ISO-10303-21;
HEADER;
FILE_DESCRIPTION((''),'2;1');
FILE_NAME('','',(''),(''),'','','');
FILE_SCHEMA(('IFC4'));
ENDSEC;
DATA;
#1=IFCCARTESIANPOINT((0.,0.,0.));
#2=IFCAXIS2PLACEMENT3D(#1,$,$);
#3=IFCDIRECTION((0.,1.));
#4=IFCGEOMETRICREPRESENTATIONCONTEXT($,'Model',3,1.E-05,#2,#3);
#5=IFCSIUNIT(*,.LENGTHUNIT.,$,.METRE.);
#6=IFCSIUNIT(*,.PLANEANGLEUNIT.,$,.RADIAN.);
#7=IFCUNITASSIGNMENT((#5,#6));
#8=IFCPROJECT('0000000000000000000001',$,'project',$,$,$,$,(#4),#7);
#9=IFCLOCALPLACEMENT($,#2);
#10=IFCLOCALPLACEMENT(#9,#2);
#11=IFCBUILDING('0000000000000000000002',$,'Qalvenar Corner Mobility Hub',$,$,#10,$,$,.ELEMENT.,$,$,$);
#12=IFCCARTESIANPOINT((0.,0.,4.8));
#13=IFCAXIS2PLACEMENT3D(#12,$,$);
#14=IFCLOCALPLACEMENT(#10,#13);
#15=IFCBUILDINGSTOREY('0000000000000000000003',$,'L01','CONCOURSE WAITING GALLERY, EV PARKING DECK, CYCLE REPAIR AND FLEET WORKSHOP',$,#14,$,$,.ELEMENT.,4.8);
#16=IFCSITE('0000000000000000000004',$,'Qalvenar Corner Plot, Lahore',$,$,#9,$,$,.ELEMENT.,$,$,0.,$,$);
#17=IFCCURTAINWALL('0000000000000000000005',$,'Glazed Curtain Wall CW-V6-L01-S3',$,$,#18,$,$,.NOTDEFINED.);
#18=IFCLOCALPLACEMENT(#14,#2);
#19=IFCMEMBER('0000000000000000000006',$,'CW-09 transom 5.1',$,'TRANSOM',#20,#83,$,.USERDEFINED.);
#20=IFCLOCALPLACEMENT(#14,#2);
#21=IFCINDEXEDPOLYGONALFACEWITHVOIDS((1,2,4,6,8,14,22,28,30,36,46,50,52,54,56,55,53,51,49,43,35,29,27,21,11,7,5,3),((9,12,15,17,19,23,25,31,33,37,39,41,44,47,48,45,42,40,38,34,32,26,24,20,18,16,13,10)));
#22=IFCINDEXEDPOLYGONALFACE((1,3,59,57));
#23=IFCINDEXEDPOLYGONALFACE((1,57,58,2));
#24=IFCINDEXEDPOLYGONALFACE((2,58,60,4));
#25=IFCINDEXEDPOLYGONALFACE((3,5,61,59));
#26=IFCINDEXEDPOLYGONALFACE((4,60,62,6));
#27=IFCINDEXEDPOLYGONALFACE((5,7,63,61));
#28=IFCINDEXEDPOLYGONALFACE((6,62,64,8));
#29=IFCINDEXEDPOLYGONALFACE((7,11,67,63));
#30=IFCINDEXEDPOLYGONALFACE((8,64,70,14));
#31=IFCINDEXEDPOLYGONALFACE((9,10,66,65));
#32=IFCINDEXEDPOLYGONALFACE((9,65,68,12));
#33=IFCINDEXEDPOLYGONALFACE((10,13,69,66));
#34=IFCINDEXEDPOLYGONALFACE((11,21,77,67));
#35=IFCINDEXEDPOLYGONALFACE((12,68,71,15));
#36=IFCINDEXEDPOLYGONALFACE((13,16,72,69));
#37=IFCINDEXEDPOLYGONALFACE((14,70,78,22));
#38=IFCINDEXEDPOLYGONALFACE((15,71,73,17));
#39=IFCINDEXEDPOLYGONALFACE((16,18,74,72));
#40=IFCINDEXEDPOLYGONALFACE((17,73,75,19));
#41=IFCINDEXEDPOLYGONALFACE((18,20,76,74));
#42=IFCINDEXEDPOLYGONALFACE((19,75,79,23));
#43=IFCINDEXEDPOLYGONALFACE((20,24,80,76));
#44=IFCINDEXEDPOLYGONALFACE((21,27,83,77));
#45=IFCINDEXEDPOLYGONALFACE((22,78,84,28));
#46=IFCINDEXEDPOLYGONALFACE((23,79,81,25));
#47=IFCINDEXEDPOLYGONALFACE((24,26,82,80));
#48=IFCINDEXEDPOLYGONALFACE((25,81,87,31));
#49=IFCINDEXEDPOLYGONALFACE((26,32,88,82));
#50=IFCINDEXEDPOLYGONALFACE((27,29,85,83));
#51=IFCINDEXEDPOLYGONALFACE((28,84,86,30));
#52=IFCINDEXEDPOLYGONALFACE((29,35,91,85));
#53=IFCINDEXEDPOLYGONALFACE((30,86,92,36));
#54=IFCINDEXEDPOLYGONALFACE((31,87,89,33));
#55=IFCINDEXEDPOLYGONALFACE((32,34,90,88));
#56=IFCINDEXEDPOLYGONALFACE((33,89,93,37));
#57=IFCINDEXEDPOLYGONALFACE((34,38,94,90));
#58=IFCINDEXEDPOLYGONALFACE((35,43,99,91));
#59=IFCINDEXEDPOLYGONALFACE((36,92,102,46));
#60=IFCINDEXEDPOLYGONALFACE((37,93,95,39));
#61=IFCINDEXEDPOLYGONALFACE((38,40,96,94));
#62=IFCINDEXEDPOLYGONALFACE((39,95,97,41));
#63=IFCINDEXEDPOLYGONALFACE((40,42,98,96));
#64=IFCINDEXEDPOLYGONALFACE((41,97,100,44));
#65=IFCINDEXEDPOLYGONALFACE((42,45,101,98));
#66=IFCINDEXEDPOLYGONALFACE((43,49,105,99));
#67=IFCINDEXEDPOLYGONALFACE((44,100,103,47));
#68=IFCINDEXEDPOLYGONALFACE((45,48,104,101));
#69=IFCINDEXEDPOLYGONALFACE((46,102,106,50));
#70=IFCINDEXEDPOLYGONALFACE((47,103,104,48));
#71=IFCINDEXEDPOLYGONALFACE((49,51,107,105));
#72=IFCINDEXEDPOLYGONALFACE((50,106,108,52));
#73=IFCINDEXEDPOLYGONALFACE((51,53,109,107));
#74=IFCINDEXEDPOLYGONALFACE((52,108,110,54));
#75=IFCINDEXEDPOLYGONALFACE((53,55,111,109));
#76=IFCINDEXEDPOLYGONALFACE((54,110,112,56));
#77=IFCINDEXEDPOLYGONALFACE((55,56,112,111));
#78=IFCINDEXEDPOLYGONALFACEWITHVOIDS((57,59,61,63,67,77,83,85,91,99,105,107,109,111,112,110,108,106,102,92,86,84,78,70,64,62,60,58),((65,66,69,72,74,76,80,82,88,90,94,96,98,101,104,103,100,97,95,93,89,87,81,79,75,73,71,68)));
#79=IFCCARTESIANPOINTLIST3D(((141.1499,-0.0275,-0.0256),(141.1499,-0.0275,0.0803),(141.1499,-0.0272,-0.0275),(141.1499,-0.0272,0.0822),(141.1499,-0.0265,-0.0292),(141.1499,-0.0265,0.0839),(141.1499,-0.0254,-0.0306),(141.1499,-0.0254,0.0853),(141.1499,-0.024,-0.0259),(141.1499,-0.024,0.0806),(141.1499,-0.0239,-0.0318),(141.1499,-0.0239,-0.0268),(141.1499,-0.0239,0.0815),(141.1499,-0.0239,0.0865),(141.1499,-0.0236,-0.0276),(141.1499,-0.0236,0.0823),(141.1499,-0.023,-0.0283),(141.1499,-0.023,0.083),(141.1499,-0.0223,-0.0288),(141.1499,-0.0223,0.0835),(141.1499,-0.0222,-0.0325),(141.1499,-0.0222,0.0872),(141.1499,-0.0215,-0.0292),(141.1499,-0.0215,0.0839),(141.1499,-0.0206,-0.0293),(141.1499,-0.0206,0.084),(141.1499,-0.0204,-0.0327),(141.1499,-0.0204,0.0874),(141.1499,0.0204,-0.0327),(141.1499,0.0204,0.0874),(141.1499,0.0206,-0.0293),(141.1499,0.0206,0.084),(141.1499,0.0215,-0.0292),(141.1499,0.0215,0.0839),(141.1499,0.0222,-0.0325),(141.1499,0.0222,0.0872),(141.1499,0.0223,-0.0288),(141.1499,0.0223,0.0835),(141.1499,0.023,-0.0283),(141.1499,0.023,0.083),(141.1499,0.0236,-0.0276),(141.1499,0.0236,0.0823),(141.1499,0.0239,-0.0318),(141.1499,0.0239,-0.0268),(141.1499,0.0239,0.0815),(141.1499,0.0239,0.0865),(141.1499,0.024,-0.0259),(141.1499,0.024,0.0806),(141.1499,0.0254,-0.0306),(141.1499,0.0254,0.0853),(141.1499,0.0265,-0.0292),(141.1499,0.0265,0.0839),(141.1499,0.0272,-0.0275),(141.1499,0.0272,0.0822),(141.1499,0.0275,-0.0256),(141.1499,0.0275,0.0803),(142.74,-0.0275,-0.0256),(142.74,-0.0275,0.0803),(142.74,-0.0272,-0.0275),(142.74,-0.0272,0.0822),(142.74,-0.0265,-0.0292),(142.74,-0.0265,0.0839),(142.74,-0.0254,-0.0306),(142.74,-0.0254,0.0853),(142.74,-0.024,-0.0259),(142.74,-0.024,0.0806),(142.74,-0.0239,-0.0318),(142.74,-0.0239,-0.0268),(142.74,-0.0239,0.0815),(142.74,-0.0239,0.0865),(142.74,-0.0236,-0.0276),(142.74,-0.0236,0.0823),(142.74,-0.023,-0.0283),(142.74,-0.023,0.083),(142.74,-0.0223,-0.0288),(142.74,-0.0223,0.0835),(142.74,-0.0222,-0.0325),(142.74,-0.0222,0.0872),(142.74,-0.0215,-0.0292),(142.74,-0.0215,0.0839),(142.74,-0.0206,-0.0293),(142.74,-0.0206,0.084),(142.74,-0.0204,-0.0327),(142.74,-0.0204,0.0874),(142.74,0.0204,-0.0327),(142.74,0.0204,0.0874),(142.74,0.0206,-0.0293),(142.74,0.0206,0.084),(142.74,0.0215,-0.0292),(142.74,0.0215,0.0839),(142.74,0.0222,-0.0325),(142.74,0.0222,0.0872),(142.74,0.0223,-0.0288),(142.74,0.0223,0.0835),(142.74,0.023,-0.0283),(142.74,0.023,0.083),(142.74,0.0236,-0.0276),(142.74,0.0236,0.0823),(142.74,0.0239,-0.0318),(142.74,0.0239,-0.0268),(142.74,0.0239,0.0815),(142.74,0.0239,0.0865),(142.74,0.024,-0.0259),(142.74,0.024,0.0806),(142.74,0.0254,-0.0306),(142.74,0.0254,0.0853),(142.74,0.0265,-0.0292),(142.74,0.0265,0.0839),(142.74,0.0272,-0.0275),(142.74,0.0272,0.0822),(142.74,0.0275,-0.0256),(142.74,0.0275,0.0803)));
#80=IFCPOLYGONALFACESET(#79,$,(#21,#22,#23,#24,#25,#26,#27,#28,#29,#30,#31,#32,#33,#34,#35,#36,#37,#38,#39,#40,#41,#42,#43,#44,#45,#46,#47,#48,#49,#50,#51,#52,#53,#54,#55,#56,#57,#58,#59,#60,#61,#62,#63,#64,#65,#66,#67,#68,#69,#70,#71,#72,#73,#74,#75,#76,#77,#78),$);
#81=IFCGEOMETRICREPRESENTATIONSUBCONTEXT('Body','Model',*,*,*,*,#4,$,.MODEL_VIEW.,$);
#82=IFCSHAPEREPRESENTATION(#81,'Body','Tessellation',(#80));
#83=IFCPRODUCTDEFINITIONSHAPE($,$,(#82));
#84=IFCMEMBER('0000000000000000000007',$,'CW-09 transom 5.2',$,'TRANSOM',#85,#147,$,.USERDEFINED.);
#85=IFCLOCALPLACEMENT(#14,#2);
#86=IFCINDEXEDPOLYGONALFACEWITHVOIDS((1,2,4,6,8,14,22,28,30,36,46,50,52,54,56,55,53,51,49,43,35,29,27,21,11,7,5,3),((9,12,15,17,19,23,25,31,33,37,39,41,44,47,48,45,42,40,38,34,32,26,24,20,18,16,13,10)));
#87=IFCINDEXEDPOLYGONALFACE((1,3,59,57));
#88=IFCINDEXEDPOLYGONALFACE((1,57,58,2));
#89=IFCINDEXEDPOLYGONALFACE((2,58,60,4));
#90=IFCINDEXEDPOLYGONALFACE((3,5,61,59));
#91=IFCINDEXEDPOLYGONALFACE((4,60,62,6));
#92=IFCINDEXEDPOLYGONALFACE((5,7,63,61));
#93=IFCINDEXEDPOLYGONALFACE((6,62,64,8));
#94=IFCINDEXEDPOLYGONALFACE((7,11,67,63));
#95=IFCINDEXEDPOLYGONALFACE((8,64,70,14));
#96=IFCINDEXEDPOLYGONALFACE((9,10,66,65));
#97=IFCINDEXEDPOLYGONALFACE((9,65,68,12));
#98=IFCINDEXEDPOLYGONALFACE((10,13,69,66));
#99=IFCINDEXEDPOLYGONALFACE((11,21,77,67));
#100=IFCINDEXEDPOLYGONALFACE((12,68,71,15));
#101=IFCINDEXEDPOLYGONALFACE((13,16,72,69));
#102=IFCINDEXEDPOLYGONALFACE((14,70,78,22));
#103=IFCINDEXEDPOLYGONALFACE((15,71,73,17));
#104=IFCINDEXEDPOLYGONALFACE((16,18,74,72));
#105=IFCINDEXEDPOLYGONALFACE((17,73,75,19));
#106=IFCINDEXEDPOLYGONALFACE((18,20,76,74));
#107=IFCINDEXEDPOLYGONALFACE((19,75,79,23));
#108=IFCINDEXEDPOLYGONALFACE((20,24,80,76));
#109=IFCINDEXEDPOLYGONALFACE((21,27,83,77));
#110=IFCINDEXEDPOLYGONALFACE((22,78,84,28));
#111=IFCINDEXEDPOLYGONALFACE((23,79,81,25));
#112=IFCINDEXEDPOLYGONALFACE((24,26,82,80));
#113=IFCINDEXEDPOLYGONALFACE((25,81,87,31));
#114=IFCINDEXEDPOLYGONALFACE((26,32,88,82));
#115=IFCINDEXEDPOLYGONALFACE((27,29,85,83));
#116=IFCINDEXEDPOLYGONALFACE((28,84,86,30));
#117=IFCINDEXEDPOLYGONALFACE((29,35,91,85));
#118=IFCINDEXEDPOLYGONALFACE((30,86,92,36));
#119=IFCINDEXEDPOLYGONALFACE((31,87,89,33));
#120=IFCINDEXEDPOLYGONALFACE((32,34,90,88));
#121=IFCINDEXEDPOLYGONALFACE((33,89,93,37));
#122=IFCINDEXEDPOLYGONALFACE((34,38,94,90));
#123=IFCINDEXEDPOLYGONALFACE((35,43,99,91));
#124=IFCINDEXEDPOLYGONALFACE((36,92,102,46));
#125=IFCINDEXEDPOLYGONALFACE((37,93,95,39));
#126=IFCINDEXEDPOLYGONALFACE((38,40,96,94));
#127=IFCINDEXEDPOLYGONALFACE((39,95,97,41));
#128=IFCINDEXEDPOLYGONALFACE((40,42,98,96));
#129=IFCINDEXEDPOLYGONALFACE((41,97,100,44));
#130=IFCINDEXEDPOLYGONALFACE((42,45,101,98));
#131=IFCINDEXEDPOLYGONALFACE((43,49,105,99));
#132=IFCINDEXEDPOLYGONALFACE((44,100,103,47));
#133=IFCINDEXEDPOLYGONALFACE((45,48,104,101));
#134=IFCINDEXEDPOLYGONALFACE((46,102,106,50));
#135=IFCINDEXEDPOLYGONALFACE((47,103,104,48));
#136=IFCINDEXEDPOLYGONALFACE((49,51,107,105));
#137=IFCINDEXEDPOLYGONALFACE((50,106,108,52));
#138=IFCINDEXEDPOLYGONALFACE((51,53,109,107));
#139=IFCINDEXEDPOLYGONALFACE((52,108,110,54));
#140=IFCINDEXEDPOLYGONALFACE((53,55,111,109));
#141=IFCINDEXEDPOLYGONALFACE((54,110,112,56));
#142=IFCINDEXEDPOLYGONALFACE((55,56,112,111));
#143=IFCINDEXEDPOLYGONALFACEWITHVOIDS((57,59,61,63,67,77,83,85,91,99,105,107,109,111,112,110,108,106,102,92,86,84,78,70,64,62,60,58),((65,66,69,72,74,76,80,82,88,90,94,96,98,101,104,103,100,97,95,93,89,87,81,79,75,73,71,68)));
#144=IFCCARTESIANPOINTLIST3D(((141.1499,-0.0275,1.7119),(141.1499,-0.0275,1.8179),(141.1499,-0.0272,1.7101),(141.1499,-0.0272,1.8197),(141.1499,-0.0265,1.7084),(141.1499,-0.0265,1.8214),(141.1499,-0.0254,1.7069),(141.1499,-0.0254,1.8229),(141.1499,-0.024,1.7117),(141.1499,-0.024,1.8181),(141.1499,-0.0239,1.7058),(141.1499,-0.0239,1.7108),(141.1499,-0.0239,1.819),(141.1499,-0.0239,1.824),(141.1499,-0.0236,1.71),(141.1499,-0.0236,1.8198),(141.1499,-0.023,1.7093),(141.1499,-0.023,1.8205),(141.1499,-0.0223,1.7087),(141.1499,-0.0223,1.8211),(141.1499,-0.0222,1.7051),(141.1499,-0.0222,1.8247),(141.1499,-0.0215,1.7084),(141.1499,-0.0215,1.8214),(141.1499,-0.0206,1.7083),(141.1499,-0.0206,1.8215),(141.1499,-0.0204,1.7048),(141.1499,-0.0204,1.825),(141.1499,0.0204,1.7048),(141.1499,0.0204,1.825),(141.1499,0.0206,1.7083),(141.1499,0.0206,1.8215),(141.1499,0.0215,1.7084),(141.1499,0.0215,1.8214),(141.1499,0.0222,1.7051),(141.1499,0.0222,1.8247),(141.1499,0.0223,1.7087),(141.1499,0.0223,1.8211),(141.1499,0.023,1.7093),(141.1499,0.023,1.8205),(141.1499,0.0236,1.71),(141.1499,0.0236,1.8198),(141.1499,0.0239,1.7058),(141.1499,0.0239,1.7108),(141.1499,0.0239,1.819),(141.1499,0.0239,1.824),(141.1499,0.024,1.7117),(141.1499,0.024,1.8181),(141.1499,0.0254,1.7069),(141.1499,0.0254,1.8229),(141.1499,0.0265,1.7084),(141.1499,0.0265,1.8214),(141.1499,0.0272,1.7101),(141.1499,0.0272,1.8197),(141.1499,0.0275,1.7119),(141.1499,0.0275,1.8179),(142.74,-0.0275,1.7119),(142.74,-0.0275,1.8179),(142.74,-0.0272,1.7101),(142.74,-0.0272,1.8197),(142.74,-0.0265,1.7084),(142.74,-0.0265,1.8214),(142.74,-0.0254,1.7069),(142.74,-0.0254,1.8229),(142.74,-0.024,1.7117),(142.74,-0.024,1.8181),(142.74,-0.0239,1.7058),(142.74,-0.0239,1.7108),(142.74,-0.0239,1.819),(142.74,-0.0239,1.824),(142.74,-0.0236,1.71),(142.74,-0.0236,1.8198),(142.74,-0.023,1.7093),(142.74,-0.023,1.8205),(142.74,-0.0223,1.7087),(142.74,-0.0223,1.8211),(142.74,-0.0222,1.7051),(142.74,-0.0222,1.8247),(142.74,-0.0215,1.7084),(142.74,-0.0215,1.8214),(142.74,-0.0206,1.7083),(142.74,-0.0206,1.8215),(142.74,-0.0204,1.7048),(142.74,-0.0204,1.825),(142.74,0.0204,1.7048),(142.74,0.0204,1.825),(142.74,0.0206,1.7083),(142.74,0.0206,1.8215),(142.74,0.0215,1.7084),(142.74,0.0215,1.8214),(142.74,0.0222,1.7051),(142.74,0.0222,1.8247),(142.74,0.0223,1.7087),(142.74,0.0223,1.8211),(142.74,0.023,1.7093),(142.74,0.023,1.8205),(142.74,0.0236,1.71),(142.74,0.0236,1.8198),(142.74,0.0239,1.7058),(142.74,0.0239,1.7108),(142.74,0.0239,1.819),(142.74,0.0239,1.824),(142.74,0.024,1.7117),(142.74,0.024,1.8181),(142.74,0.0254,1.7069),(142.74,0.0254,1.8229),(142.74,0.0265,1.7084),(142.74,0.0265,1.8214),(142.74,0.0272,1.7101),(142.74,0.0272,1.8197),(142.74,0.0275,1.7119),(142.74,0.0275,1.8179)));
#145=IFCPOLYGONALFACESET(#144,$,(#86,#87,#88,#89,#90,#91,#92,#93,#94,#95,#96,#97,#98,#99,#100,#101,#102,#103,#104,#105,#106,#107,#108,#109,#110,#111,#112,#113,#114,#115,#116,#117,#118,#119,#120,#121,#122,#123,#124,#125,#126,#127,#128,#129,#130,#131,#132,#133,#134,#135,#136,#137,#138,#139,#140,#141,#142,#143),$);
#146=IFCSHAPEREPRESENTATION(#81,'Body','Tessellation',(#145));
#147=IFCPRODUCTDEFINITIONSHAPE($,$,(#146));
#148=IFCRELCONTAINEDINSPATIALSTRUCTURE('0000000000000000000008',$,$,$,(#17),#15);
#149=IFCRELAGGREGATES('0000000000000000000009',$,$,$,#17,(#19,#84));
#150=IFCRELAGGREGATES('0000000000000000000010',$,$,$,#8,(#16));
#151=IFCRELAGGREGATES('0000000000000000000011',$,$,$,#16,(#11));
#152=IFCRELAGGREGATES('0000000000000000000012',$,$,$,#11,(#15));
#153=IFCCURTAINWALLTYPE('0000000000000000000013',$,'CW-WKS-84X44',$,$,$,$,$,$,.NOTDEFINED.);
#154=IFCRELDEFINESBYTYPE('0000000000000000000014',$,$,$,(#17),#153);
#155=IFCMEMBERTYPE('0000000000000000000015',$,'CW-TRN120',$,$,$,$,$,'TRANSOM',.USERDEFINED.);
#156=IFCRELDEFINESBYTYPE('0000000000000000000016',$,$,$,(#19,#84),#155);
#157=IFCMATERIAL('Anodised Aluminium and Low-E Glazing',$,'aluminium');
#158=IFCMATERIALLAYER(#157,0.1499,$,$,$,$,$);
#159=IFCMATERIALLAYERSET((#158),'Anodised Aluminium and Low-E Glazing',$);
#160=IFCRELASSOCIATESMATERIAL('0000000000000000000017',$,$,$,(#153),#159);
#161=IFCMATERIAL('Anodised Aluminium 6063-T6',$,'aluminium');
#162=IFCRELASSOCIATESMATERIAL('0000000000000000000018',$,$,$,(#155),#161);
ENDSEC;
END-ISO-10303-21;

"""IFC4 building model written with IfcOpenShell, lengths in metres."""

from ifc_helpers import new_model, si_unit, direction, frame, origin, origin_2d, place, context, subcontext, project, spatial, hollow_rectangle, extrude, material, layer, layer_set, material_profile, profile_set, type_object, element, aggregate, save


model = new_model("IFC4")

# Units and contexts
model_context = context("Model", 3, precision=1e-05, world=origin(), true_north=direction((0.0, 1.0)))
body_context = subcontext(model_context, "Body", "Model", "MODEL_VIEW")
ifc_project = project(units=[si_unit("LENGTHUNIT", "METRE"), si_unit("PLANEANGLEUNIT", "RADIAN")], contexts=[model_context])

# Site, building, storey
site_placement = place(None, origin())
site = spatial("IfcSite", under=ifc_project, at=site_placement, Name="Qalvenar Corner Plot, Lahore", CompositionType="ELEMENT", RefElevation=0.0)
building_placement = place(site_placement, origin())
building = spatial("IfcBuilding", under=site, at=building_placement, Name="Qalvenar Corner Mobility Hub", CompositionType="ELEMENT")
storey_placement = place(building_placement, frame((0.0, 0.0, 4.8)))
storey = spatial("IfcBuildingStorey", under=building, at=storey_placement, Name="L01", Description="CONCOURSE WAITING GALLERY, EV PARKING DECK, CYCLE REPAIR AND FLEET WORKSHOP", CompositionType="ELEMENT", Elevation=4.8)

# Curtain wall
ifc_material_1 = material(Name="Anodised Aluminium and Low-E Glazing", Category="aluminium")
ifc_layer_1 = layer(ifc_material_1, 0.1499)
ifc_layer_set_1 = layer_set([ifc_layer_1], Name="Anodised Aluminium and Low-E Glazing")
curtain_wall_type = type_object("IfcCurtainWallType", Name="CW-WKS-84X44", PredefinedType="NOTDEFINED", material=ifc_layer_set_1)
curtain_wall_1_placement = place(storey_placement, origin())
curtain_wall_1 = element("IfcCurtainWall", 1, at=curtain_wall_1_placement, inside=storey, type_object=curtain_wall_type, Name="Glazed Curtain Wall CW-V6-L01-S3", PredefinedType="NOTDEFINED")
ifc_material_2 = material(Name="Anodised Aluminium 6063-T6", Category="aluminium")

# Members
ifc_material_profile_1 = material_profile(ifc_material_2, hollow_rectangle(XDim=0.0549, YDim=0.1201, WallThickness=0.0034, InnerFilletRadius=0.0034, OuterFilletRadius=0.0071, at=origin_2d()), Name="RHS120x55x3.5")
ifc_profile_set_1 = profile_set([ifc_material_profile_1], Name="Anodised Aluminium 6063-T6")
member_type_1 = type_object("IfcMemberType", Name="CW-TRN120", ElementType="TRANSOM", PredefinedType="USERDEFINED", material=ifc_profile_set_1)
member_1_placement = place(storey_placement, frame((141.1499, 0.0, 0.0273), z_axis=(1.0, 0.0, 0.0), x_axis=(0.0, 1.0, 0.0)))
member_1 = element("IfcMember", 2, at=member_1_placement, type_object=member_type_1, Name="CW-09 transom 5.1", ObjectType="TRANSOM", PredefinedType="USERDEFINED", context=body_context, shape_type="SweptSolid", body=[
    extrude(hollow_rectangle(XDim=0.0549, YDim=0.1201, WallThickness=0.0034, InnerFilletRadius=0.0034, OuterFilletRadius=0.0071, at=origin_2d()), origin(), (0.0, 0.0, 1.0), 1.5901),
])
member_2_placement = place(storey_placement, frame((141.1499, 0.0, 1.7649), z_axis=(1.0, 0.0, 0.0), x_axis=(0.0, 1.0, 0.0)))
member_2 = element("IfcMember", 3, at=member_2_placement, type_object=member_type_1, Name="CW-09 transom 5.2", ObjectType="TRANSOM", PredefinedType="USERDEFINED", context=body_context, shape_type="SweptSolid", body=[
    extrude(hollow_rectangle(XDim=0.0549, YDim=0.1201, WallThickness=0.0034, InnerFilletRadius=0.0034, OuterFilletRadius=0.0071, at=origin_2d()), origin(), (0.0, 0.0, 1.0), 1.5901),
])

aggregate(curtain_wall_1, [member_1, member_2])

save(model, "model.ifc")
